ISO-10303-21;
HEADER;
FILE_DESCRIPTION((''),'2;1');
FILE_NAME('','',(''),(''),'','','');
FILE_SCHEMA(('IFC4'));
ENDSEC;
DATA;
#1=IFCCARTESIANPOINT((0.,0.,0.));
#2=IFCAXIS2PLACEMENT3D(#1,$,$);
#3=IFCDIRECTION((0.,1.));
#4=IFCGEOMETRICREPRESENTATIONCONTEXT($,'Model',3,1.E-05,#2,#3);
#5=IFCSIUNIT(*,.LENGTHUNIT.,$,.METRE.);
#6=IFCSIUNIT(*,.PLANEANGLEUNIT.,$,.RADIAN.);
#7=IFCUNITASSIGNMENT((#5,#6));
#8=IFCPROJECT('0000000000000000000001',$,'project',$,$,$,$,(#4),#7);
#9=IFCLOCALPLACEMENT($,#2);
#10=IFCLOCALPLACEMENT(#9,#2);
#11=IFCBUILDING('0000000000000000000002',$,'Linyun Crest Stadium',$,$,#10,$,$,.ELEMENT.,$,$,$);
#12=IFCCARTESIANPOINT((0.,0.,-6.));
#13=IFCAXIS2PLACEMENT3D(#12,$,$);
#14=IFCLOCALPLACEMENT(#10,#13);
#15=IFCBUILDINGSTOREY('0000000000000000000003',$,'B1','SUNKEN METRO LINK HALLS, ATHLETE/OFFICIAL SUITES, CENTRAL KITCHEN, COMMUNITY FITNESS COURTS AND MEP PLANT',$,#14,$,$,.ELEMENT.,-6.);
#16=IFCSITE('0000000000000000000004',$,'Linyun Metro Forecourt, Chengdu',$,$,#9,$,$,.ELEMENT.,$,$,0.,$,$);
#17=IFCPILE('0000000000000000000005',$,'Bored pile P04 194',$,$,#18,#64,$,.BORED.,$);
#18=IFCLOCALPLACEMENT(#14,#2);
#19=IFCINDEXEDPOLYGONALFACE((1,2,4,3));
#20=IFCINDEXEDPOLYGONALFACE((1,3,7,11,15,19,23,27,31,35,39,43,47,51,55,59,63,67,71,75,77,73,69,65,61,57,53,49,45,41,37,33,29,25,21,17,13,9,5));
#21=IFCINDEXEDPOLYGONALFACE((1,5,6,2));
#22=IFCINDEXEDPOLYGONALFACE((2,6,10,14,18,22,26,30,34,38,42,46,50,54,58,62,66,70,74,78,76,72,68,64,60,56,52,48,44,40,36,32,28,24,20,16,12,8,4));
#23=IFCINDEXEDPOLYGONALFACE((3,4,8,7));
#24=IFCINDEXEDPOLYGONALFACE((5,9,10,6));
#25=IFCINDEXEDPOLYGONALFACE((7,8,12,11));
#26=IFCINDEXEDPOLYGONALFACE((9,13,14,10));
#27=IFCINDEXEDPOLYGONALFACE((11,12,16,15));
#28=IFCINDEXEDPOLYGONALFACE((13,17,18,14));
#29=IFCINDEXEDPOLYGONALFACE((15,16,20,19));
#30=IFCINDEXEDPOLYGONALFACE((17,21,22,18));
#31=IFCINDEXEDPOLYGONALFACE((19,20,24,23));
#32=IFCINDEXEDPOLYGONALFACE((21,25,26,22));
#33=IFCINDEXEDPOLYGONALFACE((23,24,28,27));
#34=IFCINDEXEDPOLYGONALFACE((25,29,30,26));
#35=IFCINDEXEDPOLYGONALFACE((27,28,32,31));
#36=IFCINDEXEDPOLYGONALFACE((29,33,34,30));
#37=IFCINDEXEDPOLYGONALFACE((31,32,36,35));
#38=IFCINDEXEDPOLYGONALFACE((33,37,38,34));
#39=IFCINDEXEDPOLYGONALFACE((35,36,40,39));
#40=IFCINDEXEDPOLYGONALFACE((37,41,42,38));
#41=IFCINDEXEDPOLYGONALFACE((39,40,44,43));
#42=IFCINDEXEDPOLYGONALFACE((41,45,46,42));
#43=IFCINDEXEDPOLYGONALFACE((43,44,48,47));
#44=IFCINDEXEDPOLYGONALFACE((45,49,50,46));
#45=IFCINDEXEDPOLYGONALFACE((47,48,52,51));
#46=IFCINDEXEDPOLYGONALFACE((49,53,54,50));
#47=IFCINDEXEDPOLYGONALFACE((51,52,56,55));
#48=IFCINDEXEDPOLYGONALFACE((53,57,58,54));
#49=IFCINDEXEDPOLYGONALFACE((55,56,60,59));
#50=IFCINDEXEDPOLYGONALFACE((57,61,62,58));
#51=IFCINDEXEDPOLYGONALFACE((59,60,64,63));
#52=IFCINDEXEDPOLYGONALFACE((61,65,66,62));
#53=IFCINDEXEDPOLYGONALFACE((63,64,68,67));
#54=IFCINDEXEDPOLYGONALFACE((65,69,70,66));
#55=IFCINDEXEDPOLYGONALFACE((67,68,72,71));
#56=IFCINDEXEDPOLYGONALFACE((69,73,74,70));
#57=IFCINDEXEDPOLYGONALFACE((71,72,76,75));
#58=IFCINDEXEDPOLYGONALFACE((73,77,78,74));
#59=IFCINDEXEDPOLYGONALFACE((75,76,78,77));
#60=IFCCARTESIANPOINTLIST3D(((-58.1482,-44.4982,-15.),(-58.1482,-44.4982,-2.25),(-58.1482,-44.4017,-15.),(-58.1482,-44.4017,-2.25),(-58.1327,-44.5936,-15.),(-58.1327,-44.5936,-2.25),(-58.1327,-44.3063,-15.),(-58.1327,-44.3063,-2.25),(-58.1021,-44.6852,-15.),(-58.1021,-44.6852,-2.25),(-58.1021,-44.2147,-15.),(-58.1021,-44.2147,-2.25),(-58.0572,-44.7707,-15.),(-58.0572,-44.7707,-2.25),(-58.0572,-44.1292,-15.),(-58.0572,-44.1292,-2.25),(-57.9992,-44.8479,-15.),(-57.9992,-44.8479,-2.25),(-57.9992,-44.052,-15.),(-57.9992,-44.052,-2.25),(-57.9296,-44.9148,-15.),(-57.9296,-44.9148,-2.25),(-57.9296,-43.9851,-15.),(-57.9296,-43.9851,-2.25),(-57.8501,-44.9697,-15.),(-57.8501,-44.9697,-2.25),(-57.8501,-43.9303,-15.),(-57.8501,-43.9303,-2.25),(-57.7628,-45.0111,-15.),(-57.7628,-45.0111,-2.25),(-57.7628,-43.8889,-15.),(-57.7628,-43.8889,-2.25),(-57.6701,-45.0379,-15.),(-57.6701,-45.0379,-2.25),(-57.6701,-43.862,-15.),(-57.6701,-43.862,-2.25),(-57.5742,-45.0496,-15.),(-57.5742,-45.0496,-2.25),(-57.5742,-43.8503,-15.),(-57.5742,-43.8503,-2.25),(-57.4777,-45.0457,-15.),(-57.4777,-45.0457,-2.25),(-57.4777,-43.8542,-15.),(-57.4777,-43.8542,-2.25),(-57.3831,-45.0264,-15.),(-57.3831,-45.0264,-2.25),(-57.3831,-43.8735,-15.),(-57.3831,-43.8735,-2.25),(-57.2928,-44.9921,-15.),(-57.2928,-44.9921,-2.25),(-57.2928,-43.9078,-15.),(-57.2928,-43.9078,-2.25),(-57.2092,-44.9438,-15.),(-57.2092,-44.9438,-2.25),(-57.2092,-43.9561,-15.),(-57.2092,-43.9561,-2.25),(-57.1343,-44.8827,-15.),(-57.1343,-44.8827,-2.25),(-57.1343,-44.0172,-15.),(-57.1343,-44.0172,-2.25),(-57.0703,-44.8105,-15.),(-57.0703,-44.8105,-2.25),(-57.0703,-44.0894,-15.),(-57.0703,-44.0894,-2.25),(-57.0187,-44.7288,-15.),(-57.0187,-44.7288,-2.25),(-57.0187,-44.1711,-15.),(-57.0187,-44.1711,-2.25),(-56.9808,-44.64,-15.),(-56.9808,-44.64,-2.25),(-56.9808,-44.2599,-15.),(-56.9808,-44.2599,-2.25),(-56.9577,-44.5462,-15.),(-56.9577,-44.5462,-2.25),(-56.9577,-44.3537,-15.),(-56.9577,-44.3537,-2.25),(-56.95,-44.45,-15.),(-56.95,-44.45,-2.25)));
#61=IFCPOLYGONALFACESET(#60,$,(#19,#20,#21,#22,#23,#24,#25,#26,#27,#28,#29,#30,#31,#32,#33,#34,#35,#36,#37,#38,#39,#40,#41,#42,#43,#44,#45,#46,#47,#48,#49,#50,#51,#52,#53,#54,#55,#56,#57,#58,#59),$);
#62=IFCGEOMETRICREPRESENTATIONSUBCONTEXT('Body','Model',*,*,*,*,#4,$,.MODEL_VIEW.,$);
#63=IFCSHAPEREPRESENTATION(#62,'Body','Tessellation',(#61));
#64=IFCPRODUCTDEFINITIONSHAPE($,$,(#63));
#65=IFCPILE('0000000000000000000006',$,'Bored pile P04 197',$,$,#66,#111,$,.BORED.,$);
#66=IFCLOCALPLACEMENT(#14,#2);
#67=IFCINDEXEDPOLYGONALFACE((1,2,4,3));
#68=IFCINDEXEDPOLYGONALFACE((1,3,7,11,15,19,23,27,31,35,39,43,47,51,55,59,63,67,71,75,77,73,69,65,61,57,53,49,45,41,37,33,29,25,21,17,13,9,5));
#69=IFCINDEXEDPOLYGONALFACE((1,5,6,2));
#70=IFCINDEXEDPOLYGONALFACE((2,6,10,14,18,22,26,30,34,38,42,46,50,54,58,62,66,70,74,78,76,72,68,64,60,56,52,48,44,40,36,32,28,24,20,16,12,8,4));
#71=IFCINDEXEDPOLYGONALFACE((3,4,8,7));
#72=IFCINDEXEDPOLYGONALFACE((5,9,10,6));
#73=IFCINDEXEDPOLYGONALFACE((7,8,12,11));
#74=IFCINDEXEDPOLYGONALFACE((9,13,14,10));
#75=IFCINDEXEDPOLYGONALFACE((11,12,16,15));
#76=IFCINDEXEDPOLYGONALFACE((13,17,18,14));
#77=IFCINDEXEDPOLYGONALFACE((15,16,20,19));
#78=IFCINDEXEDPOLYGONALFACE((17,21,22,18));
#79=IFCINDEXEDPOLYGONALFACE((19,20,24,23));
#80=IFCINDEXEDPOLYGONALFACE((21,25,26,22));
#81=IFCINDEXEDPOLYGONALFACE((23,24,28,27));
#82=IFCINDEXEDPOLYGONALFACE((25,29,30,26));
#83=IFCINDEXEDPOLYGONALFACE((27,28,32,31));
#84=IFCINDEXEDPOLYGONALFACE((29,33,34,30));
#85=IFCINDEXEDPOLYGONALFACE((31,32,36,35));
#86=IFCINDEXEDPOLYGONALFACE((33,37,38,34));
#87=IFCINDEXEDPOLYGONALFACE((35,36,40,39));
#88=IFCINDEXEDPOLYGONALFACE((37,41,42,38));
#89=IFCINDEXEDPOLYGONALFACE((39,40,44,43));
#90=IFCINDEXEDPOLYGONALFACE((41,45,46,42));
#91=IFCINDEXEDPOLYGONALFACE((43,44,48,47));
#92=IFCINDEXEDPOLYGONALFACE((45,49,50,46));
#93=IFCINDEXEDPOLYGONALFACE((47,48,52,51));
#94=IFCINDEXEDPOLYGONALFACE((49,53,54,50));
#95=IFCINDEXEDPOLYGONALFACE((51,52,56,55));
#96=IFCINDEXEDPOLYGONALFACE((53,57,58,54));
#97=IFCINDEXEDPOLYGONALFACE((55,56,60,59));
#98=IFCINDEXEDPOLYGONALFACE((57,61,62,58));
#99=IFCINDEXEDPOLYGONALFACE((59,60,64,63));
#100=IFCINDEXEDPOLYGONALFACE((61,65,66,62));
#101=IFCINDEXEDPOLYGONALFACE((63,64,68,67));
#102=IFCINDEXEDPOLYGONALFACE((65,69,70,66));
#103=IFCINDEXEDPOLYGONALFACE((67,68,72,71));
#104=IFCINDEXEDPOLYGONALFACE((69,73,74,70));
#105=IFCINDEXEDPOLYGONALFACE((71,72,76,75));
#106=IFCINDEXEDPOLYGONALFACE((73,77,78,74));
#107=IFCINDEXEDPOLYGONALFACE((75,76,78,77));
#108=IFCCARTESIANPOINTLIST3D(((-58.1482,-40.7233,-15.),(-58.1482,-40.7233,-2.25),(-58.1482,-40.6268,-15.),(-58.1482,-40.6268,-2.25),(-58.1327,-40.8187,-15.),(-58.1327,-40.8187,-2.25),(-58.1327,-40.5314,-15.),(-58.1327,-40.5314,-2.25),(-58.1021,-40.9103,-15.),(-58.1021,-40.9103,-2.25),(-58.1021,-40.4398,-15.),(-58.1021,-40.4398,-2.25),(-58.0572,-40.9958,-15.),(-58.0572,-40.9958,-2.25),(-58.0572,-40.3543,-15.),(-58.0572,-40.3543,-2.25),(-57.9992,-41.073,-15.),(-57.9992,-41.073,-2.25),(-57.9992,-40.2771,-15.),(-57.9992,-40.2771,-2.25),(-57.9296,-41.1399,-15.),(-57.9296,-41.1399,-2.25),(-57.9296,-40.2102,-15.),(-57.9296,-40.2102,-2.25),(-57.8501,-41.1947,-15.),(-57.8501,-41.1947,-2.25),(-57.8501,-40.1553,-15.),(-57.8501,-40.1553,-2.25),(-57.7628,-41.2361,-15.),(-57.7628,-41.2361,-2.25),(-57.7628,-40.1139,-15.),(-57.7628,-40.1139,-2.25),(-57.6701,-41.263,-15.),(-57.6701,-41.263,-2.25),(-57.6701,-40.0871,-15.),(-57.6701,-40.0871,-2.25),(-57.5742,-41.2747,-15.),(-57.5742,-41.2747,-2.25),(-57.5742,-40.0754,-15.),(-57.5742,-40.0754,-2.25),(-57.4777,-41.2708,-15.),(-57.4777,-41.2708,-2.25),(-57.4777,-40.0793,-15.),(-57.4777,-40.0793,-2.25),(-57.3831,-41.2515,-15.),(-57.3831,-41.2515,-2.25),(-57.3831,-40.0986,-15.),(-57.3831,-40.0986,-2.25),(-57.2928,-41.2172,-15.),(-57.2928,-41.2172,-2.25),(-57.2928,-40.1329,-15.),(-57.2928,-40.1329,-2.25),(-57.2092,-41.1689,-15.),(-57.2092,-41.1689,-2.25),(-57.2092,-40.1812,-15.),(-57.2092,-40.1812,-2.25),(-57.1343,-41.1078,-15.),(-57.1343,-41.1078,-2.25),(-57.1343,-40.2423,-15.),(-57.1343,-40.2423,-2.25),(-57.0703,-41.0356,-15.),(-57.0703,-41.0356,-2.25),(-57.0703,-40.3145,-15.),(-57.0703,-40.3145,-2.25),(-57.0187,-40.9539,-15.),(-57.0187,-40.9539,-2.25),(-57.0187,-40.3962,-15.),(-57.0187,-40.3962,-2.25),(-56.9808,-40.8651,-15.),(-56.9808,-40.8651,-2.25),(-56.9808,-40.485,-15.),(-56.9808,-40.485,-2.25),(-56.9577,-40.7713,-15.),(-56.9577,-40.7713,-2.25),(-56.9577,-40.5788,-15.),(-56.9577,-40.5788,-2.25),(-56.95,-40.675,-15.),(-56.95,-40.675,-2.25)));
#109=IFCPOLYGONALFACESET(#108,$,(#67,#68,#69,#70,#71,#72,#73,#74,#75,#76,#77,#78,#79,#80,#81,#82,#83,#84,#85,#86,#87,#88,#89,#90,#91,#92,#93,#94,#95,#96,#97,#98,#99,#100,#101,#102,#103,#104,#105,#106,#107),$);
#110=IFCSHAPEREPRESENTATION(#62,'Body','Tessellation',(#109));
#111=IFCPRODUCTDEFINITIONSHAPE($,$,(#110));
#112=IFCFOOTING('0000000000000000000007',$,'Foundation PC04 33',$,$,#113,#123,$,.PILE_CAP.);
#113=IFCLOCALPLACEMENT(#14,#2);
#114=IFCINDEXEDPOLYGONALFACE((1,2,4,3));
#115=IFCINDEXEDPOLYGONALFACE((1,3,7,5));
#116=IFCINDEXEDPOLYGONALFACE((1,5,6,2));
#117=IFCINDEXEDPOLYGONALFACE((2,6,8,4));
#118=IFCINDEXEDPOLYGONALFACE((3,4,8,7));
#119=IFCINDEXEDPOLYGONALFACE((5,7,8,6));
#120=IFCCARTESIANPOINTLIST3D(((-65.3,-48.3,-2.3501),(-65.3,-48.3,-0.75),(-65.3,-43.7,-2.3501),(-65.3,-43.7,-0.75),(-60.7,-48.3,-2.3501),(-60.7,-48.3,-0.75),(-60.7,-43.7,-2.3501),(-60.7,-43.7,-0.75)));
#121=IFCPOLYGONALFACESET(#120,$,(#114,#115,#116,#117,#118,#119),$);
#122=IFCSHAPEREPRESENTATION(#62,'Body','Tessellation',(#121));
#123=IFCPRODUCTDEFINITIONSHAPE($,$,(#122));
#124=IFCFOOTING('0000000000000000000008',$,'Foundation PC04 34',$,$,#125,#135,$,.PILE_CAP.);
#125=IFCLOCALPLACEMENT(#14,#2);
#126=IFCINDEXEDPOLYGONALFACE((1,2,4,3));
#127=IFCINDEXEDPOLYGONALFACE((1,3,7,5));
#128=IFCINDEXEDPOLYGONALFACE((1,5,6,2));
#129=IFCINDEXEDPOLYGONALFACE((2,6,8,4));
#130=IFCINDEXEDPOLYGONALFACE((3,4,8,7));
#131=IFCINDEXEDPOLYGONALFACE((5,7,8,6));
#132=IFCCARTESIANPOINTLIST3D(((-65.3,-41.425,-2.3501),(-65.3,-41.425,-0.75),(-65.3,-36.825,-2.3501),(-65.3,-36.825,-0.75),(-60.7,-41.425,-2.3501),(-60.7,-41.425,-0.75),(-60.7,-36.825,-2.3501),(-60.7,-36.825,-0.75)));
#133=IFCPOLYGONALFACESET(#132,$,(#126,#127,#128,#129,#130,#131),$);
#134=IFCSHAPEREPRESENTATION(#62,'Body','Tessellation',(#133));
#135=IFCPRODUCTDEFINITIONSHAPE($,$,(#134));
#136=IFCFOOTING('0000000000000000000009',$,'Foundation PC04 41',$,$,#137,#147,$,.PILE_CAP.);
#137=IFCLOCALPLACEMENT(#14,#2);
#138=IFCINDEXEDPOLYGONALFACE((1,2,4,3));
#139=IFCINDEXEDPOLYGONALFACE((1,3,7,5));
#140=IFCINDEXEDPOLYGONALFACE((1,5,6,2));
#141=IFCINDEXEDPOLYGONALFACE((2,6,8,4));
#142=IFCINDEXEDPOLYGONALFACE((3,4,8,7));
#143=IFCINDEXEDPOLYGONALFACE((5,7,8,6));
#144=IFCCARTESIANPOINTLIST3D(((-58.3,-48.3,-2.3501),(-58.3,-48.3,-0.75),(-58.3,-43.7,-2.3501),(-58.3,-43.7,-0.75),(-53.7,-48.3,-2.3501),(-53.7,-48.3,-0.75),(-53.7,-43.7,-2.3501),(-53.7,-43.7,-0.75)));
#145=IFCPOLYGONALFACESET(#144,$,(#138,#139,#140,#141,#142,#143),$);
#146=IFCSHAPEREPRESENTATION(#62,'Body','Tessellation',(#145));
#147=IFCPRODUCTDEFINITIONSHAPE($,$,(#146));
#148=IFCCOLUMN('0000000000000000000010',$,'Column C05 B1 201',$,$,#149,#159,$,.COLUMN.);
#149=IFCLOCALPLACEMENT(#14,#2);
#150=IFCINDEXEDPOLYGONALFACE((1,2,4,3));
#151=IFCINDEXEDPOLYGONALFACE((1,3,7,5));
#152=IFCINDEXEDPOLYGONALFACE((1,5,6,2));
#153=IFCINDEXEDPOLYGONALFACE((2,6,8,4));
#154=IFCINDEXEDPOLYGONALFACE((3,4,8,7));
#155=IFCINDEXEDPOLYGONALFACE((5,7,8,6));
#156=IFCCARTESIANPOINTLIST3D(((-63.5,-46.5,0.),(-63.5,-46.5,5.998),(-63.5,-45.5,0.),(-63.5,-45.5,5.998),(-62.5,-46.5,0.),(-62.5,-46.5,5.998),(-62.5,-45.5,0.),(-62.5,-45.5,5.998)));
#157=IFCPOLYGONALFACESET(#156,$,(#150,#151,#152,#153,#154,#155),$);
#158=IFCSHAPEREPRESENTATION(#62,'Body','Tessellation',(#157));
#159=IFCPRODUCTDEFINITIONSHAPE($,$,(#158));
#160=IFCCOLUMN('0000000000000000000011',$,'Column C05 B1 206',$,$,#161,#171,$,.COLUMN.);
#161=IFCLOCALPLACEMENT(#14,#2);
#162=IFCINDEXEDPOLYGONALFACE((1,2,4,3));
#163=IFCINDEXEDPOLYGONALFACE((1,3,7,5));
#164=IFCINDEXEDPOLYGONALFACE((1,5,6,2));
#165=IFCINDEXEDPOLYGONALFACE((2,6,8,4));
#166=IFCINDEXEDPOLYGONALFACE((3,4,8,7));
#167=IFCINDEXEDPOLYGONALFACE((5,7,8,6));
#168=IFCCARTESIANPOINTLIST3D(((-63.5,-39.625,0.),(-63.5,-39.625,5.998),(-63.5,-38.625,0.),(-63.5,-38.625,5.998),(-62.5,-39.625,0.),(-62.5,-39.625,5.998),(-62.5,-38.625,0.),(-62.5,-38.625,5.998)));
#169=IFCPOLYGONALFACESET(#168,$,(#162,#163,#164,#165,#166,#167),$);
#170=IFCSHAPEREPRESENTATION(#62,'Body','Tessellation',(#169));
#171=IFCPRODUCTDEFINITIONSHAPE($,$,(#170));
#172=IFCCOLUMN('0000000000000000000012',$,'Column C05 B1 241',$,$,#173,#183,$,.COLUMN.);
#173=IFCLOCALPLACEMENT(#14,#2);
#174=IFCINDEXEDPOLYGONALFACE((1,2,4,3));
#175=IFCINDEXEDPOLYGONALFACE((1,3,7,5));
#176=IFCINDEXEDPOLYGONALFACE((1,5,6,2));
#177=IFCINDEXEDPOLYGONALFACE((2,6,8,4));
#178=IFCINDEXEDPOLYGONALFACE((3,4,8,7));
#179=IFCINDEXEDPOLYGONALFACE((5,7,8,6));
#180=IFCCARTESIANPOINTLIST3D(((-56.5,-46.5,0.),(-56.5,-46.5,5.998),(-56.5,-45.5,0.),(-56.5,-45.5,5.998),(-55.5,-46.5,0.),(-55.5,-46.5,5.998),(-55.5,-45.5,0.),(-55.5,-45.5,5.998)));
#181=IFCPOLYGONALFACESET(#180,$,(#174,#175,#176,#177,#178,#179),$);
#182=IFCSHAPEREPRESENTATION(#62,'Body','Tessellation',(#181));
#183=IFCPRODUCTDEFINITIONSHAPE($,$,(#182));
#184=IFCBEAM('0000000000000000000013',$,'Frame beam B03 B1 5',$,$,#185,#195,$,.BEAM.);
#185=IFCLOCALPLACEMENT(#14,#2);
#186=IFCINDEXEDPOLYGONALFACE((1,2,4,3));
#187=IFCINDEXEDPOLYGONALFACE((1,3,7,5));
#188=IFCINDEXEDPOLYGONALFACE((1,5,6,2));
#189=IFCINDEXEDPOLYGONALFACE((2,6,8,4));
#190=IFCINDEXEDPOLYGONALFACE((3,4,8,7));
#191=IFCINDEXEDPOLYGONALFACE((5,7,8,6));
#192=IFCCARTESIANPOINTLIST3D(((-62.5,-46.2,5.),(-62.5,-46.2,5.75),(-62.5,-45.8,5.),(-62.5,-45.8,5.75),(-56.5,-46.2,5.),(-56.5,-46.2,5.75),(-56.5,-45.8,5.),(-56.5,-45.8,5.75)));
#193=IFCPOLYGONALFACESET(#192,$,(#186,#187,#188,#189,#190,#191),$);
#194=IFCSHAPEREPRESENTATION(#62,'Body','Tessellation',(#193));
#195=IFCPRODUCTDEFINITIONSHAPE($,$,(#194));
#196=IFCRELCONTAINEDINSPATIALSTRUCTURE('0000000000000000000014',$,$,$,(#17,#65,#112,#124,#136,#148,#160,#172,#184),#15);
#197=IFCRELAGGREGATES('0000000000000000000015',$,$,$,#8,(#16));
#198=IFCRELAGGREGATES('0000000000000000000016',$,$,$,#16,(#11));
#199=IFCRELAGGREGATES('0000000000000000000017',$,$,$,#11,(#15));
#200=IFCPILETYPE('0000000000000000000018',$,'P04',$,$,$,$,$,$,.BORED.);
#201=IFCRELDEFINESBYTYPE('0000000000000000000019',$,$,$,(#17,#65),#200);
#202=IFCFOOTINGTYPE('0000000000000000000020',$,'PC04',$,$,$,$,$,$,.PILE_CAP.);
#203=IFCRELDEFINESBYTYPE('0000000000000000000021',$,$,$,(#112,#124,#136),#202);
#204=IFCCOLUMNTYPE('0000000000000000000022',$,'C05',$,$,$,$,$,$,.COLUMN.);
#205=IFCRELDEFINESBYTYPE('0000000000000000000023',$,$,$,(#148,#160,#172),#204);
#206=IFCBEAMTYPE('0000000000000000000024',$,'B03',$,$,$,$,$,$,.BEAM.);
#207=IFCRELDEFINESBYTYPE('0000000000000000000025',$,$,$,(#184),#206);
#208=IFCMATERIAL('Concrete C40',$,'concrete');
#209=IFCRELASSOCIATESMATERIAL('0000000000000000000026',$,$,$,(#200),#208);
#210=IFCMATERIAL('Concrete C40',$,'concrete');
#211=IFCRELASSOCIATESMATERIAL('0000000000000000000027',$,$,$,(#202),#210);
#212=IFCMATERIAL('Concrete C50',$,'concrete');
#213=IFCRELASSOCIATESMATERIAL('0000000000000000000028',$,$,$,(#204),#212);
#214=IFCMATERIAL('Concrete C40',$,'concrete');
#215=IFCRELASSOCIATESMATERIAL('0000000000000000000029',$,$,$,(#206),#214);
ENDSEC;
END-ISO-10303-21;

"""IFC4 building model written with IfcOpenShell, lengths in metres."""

from ifc_helpers import new_model, si_unit, direction, frame, origin, origin_2d, place, context, subcontext, project, spatial, rectangle, circle, extrude, material, material_profile, profile_set, type_object, element, save


model = new_model("IFC4")

# Units and contexts
model_context = context("Model", 3, precision=1e-05, world=origin(), true_north=direction((0.0, 1.0)))
body_context = subcontext(model_context, "Body", "Model", "MODEL_VIEW")
ifc_project = project(units=[si_unit("LENGTHUNIT", "METRE"), si_unit("PLANEANGLEUNIT", "RADIAN")], contexts=[model_context])

# Site, building, storey
site_placement = place(None, origin())
site = spatial("IfcSite", under=ifc_project, at=site_placement, Name="Linyun Metro Forecourt, Chengdu", CompositionType="ELEMENT", RefElevation=0.0)
building_placement = place(site_placement, origin())
building = spatial("IfcBuilding", under=site, at=building_placement, Name="Linyun Crest Stadium", CompositionType="ELEMENT")
storey_placement = place(building_placement, frame((0.0, 0.0, -6.0)))
storey = spatial("IfcBuildingStorey", under=building, at=storey_placement, Name="B1", Description="SUNKEN METRO LINK HALLS, ATHLETE/OFFICIAL SUITES, CENTRAL KITCHEN, COMMUNITY FITNESS COURTS AND MEP PLANT", CompositionType="ELEMENT", Elevation=-6.0)

# Piles
ifc_material_1 = material(Name="Concrete C40", Category="concrete")
ifc_material_profile_1 = material_profile(ifc_material_1, circle(Radius=0.6001, at=origin_2d()), Name="BORED PILE 1200")
ifc_profile_set_1 = profile_set([ifc_material_profile_1], Name="Concrete C40")
pile_type = type_object("IfcPileType", Name="P04", PredefinedType="BORED", material=ifc_profile_set_1)
for number, where, z_axis, x_axis, name in (
    (1, (-57.55, -44.45, -2.25), (0.0, 0.0, -1.0), (1.0, 0.0, 0.0), "Bored pile P04 194"),
    (2, (-57.55, -40.675, -2.25), (0.0, 0.0, -1.0), (1.0, 0.0, 0.0), "Bored pile P04 197"),
):
    element("IfcPile", number, at=place(storey_placement, frame(where, z_axis=z_axis, x_axis=x_axis)), inside=storey, type_object=pile_type, Name=name, PredefinedType="BORED", context=body_context, shape_type="SweptSolid", body=[
        extrude(circle(Radius=0.6001, at=origin_2d()), origin(), (0.0, 0.0, 1.0), 12.75),
    ])

# Footings
ifc_material_2 = material(Name="Concrete C40", Category="concrete")
footing_type = type_object("IfcFootingType", Name="PC04", PredefinedType="PILE_CAP", material=ifc_material_2)
for number, where, z_axis, x_axis, name in (
    (3, (-63.0, -46.0, -2.3501), (0.0, 0.0, 1.0), (1.0, 0.0, 0.0), "Foundation PC04 33"),
    (4, (-63.0, -39.125, -2.3501), (0.0, 0.0, 1.0), (1.0, 0.0, 0.0), "Foundation PC04 34"),
    (5, (-56.0, -46.0, -2.3501), (0.0, 0.0, 1.0), (1.0, 0.0, 0.0), "Foundation PC04 41"),
):
    element("IfcFooting", number, at=place(storey_placement, frame(where, z_axis=z_axis, x_axis=x_axis)), inside=storey, type_object=footing_type, Name=name, PredefinedType="PILE_CAP", context=body_context, shape_type="SweptSolid", body=[
        extrude(rectangle(XDim=4.6001, YDim=4.6001, at=origin_2d()), origin(), (0.0, 0.0, 1.0), 1.6001),
    ])

# Columns
ifc_material_3 = material(Name="Concrete C50", Category="concrete")
ifc_material_profile_2 = material_profile(ifc_material_3, rectangle(XDim=1.0, YDim=1.0, at=origin_2d()), Name="RC 1000x1000")
ifc_profile_set_2 = profile_set([ifc_material_profile_2], Name="Concrete C50")
column_type = type_object("IfcColumnType", Name="C05", PredefinedType="COLUMN", material=ifc_profile_set_2)
for number, where, z_axis, x_axis, name in (
    (6, (-63.0, -46.0, 0.0), (0.0, 0.0, 1.0), (1.0, 0.0, 0.0), "Column C05 B1 201"),
    (7, (-63.0, -39.125, 0.0), (0.0, 0.0, 1.0), (1.0, 0.0, 0.0), "Column C05 B1 206"),
    (8, (-56.0, -46.0, 0.0), (0.0, 0.0, 1.0), (1.0, 0.0, 0.0), "Column C05 B1 241"),
):
    element("IfcColumn", number, at=place(storey_placement, frame(where, z_axis=z_axis, x_axis=x_axis)), inside=storey, type_object=column_type, Name=name, PredefinedType="COLUMN", context=body_context, shape_type="SweptSolid", body=[
        extrude(rectangle(XDim=1.0, YDim=1.0, at=origin_2d()), origin(), (0.0, 0.0, 1.0), 5.998),
    ])

# Beam
ifc_material_4 = material(Name="Concrete C40", Category="concrete")
ifc_material_profile_3 = material_profile(ifc_material_4, rectangle(XDim=0.3999, YDim=0.75, at=origin_2d()), Name="RCB 750x400")
ifc_profile_set_3 = profile_set([ifc_material_profile_3], Name="Concrete C40")
beam_type_1 = type_object("IfcBeamType", Name="B03", PredefinedType="BEAM", material=ifc_profile_set_3)
beam_1_placement = place(storey_placement, frame((-62.5, -46.0, 5.375), z_axis=(1.0, 0.0, 0.0), x_axis=(0.0, 1.0, 0.0)))
element("IfcBeam", 9, at=beam_1_placement, inside=storey, type_object=beam_type_1, Name="Frame beam B03 B1 5", PredefinedType="BEAM", context=body_context, shape_type="SweptSolid", body=[
    extrude(rectangle(XDim=0.3999, YDim=0.75, at=origin_2d()), origin(), (0.0, 0.0, 1.0), 6.0),
])

save(model, "model.ifc")
